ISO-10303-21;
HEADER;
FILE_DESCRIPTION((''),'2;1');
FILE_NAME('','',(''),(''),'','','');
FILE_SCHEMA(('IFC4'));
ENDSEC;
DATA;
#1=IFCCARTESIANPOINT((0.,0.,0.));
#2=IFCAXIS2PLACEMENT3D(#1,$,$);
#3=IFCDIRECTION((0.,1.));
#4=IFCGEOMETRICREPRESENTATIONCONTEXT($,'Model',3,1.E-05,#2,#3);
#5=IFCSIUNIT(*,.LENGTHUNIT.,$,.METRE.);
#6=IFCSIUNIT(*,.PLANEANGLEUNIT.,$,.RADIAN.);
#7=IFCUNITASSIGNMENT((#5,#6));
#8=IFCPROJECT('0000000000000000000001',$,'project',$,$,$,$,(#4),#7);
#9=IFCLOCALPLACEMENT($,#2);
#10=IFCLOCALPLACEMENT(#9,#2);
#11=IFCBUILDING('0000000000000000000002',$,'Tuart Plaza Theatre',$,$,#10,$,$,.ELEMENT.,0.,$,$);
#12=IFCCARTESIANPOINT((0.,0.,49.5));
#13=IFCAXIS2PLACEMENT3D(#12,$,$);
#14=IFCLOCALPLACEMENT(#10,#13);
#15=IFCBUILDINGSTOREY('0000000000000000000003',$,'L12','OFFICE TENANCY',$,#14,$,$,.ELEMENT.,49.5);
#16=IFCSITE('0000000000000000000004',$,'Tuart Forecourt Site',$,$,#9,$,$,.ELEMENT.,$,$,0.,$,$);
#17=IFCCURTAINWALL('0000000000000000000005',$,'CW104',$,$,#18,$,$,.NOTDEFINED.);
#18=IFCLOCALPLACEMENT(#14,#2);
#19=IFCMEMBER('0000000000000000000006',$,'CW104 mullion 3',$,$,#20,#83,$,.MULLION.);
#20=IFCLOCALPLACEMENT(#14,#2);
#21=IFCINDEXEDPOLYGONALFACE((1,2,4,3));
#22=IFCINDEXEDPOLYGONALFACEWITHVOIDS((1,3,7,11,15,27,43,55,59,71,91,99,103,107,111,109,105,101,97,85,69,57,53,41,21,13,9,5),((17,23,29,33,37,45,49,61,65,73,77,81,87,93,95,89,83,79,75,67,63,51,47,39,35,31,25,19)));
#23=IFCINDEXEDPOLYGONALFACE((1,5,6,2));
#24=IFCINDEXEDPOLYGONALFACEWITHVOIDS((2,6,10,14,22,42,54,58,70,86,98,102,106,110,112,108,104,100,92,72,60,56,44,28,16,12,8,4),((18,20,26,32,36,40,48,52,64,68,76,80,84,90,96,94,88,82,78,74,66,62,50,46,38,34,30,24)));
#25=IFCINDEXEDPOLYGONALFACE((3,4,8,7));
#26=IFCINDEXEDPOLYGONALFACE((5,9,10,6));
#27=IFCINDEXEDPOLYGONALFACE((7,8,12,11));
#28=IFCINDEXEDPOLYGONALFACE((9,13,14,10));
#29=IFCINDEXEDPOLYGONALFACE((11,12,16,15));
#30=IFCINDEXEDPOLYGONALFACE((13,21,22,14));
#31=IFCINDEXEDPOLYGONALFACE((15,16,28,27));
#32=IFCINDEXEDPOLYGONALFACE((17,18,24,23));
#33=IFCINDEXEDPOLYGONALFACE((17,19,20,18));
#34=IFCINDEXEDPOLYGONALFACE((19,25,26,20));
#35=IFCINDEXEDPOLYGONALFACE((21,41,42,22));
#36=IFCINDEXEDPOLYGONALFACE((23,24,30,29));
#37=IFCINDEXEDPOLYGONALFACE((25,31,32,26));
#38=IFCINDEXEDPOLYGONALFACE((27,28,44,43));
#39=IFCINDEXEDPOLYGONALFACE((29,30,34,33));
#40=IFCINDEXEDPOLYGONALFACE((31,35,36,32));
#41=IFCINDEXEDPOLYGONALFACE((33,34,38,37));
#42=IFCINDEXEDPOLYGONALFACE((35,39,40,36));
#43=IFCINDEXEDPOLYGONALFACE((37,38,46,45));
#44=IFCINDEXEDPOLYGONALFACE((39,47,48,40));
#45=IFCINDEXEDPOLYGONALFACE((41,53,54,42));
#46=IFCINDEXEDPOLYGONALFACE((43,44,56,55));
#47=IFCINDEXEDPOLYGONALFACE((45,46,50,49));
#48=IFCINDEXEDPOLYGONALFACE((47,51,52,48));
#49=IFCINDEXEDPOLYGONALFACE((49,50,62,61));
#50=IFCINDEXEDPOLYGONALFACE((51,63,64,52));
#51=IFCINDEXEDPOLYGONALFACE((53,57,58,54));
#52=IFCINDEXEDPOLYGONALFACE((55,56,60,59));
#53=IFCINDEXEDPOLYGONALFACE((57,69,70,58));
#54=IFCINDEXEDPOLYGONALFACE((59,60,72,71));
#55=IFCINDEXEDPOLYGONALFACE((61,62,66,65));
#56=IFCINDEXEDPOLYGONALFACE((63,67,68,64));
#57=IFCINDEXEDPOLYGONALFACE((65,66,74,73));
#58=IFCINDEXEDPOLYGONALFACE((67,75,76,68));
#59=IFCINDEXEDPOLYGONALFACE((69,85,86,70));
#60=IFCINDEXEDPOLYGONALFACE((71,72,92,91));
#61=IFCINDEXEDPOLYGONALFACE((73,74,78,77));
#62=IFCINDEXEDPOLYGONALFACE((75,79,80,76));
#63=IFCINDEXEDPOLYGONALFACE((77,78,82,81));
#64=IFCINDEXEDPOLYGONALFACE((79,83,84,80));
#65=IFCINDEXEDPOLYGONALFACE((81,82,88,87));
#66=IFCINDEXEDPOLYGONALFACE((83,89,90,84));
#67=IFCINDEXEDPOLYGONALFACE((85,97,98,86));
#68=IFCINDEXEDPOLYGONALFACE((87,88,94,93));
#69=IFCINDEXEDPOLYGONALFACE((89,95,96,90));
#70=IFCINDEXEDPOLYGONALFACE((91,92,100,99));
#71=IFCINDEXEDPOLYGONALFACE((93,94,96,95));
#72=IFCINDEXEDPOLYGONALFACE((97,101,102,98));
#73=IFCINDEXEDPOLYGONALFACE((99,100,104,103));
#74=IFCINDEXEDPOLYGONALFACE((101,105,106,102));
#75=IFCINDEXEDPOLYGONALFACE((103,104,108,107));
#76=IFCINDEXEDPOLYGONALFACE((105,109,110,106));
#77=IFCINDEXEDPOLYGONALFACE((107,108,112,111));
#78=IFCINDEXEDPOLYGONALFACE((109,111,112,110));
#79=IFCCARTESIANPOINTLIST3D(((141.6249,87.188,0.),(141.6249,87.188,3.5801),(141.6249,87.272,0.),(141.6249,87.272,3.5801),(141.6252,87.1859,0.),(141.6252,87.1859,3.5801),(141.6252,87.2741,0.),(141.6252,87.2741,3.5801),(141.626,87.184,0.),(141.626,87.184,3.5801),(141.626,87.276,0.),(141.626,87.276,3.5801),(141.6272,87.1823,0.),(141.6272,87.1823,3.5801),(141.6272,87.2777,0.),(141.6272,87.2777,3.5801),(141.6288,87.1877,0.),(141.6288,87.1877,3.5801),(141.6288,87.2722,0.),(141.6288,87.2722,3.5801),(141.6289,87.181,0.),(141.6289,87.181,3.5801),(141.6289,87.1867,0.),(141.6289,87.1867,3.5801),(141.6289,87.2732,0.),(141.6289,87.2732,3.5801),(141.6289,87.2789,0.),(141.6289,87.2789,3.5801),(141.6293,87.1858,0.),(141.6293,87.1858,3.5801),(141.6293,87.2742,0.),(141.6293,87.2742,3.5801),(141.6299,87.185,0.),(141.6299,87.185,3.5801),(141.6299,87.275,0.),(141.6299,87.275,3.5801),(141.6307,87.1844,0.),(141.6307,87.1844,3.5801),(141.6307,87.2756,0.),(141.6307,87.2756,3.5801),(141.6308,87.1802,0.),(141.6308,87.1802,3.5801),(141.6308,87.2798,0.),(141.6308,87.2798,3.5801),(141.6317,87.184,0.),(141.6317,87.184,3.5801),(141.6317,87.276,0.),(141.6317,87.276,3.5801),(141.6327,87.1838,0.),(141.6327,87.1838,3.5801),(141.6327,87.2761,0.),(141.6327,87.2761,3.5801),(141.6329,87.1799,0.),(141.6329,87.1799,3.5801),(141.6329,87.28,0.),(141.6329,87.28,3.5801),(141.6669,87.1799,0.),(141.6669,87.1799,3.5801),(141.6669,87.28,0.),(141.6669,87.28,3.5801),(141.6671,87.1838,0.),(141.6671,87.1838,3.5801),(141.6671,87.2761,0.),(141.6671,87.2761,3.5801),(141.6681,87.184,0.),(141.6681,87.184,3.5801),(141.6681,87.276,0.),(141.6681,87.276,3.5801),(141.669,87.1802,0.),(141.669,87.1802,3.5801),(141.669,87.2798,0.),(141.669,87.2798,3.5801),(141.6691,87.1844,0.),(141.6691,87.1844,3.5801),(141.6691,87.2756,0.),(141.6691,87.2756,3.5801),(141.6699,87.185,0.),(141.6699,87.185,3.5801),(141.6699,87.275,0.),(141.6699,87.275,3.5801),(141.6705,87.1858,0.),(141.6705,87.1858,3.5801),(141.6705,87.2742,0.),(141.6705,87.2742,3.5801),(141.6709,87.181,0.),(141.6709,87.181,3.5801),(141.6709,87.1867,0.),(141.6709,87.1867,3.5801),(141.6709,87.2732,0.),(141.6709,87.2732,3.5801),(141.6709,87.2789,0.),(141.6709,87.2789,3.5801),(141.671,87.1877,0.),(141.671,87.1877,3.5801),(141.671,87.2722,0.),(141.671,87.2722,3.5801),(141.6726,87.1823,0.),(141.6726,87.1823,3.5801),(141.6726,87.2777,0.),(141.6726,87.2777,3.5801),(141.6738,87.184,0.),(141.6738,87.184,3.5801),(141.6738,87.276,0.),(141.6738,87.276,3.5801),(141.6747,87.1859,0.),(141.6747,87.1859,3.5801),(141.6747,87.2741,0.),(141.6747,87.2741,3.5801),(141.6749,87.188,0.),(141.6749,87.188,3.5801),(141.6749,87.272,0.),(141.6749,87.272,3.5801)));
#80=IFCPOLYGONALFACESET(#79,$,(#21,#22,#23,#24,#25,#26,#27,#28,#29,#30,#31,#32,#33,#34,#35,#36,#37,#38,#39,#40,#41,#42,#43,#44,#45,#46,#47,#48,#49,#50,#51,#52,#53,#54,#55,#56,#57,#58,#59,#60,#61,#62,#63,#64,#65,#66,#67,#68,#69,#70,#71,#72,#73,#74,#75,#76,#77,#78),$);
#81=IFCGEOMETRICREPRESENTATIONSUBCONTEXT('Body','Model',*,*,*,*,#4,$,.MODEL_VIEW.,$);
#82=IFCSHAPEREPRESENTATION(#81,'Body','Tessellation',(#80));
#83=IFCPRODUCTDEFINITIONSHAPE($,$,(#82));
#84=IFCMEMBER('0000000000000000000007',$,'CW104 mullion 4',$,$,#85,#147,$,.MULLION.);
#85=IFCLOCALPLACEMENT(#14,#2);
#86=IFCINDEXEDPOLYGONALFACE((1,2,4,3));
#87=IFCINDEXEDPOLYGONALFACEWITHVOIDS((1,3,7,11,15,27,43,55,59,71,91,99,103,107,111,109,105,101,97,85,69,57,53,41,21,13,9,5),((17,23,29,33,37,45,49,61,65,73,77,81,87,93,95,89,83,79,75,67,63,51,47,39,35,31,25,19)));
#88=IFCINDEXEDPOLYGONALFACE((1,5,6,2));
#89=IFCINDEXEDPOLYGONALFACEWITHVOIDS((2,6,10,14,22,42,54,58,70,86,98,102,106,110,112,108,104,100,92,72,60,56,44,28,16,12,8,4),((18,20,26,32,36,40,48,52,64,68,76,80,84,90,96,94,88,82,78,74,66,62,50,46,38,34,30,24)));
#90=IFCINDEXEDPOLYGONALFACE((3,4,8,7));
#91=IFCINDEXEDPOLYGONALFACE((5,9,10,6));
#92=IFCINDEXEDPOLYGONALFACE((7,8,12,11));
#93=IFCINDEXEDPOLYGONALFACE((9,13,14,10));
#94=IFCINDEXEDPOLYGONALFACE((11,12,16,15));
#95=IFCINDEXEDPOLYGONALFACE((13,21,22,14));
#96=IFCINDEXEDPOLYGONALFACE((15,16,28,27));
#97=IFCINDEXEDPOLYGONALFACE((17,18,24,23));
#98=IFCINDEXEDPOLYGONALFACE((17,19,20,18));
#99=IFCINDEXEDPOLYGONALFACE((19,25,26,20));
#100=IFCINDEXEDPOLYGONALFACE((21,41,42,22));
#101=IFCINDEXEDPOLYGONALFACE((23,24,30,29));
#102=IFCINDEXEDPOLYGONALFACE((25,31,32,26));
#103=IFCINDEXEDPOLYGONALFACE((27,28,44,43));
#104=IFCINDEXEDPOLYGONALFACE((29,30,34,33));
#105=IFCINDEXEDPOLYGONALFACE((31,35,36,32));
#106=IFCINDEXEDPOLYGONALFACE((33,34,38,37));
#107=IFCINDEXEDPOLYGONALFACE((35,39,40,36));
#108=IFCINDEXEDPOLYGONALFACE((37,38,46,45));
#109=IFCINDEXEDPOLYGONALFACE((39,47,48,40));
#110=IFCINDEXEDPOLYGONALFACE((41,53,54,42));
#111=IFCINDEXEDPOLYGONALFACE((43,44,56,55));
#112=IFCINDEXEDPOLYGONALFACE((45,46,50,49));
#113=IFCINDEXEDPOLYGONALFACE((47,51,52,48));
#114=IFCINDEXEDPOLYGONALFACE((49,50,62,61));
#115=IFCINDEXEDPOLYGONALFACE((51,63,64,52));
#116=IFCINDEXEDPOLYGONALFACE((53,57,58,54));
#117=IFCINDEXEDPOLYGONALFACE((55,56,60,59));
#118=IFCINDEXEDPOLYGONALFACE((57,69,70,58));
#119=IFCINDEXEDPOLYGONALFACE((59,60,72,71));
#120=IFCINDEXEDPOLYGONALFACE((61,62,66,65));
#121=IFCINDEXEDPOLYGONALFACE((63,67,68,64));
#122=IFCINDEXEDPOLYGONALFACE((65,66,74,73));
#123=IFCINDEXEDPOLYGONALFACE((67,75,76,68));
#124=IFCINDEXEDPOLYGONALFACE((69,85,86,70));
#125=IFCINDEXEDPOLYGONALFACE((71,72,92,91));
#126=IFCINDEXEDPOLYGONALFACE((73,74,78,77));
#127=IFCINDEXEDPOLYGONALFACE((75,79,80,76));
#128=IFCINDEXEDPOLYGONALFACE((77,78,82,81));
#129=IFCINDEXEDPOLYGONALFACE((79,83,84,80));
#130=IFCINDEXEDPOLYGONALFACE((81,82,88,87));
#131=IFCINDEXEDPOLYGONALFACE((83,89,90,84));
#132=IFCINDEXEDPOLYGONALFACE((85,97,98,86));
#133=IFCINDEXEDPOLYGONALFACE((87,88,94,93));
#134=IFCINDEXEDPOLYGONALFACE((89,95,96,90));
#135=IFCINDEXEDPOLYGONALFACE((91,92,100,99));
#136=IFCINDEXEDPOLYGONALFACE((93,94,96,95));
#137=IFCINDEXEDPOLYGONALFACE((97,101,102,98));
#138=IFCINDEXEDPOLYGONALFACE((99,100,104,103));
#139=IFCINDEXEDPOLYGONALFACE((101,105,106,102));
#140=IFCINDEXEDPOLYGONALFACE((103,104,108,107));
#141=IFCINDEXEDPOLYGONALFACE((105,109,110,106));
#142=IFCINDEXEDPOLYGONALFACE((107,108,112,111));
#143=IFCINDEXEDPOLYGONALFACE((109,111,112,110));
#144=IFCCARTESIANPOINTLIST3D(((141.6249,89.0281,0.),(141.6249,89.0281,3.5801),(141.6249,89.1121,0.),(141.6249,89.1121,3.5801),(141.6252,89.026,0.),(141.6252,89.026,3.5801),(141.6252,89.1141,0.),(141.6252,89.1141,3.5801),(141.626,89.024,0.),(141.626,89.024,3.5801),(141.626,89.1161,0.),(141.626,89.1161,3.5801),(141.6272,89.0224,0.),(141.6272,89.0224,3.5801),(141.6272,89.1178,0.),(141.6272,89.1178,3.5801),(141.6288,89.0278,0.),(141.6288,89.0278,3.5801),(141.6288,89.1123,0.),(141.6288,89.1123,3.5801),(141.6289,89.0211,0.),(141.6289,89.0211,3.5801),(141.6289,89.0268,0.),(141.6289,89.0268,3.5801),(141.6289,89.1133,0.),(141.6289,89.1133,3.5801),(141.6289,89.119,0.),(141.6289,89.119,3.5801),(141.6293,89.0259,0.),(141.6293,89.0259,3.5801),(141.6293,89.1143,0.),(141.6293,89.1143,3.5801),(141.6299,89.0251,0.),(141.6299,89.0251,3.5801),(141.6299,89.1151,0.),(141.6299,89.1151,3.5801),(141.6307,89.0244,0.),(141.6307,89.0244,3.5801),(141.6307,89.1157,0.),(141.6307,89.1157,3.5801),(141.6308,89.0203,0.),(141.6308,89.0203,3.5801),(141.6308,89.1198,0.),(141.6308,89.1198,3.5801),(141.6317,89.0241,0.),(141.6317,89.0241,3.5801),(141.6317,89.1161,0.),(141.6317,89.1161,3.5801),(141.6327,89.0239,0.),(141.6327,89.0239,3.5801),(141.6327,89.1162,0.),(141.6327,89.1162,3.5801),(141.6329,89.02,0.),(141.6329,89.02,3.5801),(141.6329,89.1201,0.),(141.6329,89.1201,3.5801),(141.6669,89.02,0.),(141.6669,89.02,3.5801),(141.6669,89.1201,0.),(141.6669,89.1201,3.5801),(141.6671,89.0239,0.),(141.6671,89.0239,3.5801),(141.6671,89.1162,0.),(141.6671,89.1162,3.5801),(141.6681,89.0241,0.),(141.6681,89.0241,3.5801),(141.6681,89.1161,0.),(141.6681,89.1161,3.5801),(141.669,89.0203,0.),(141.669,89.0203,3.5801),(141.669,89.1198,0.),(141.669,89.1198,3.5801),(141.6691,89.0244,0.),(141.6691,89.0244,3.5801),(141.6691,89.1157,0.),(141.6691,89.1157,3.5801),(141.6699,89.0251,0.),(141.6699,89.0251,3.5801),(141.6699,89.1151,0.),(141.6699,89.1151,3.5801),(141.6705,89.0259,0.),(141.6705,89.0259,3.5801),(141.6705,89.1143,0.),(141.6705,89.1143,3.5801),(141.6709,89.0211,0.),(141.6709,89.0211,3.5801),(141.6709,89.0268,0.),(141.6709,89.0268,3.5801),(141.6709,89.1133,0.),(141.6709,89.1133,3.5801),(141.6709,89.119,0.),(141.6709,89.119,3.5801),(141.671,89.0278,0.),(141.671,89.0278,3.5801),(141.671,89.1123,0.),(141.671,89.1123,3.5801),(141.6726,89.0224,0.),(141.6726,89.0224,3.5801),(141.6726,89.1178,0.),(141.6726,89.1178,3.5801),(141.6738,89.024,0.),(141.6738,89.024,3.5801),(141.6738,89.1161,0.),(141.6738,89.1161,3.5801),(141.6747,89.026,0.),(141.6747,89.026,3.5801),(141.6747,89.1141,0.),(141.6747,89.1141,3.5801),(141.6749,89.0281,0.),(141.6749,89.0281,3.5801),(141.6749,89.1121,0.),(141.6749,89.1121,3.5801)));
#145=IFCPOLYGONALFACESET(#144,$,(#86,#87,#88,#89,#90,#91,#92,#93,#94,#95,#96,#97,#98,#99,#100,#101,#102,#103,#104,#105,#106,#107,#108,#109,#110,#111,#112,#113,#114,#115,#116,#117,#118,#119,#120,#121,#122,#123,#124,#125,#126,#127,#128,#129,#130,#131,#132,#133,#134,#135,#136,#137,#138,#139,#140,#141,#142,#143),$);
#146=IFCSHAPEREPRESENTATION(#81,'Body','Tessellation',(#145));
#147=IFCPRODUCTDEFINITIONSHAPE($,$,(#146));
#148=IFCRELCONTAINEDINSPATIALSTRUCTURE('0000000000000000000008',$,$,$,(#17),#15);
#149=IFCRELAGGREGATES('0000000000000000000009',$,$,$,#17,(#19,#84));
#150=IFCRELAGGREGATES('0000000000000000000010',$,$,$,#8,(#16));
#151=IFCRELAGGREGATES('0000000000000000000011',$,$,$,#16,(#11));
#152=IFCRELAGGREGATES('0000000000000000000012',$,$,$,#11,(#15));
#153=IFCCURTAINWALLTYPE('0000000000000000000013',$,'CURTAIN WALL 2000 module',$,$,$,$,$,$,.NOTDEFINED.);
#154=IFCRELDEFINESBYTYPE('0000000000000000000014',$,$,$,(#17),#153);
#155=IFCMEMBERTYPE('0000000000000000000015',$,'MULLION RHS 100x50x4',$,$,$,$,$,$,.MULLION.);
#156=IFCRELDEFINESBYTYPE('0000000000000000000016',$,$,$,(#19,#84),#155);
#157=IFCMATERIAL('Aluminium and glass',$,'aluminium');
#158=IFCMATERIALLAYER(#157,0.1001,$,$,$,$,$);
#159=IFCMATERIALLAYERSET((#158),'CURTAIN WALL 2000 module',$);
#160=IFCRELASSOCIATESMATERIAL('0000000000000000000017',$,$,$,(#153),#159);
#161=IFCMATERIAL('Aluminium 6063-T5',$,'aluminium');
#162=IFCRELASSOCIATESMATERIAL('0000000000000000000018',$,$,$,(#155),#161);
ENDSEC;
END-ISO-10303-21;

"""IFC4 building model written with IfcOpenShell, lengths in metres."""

from ifc_helpers import new_model, si_unit, direction, frame, origin, origin_2d, place, context, subcontext, project, spatial, hollow_rectangle, extrude, material, layer, layer_set, material_profile, profile_set, type_object, element, aggregate, save


model = new_model("IFC4")

# Units and contexts
model_context = context("Model", 3, precision=1e-05, world=origin(), true_north=direction((0.0, 1.0)))
body_context = subcontext(model_context, "Body", "Model", "MODEL_VIEW")
ifc_project = project(units=[si_unit("LENGTHUNIT", "METRE"), si_unit("PLANEANGLEUNIT", "RADIAN")], contexts=[model_context])

# Site, building, storey
site_placement = place(None, origin())
site = spatial("IfcSite", under=ifc_project, at=site_placement, Name="Tuart Forecourt Site", CompositionType="ELEMENT", RefElevation=0.0)
building_placement = place(site_placement, origin())
building = spatial("IfcBuilding", under=site, at=building_placement, Name="Tuart Plaza Theatre", CompositionType="ELEMENT", ElevationOfRefHeight=0.0)
storey_placement = place(building_placement, frame((0.0, 0.0, 49.5)))
storey = spatial("IfcBuildingStorey", under=building, at=storey_placement, Name="L12", Description="OFFICE TENANCY", CompositionType="ELEMENT", Elevation=49.5)

# Curtain wall, members
ifc_material_1 = material(Name="Aluminium and glass", Category="aluminium")
ifc_layer_1 = layer(ifc_material_1, 0.1001)
ifc_layer_set_1 = layer_set([ifc_layer_1], Name="CURTAIN WALL 2000 module")
curtain_wall_type = type_object("IfcCurtainWallType", Name="CURTAIN WALL 2000 module", PredefinedType="NOTDEFINED", material=ifc_layer_set_1)
curtain_wall_placement = place(storey_placement, origin())
curtain_wall = element("IfcCurtainWall", 1, at=curtain_wall_placement, inside=storey, type_object=curtain_wall_type, Name="CW104", PredefinedType="NOTDEFINED")
ifc_material_2 = material(Name="Aluminium 6063-T5", Category="aluminium")
ifc_material_profile_1 = material_profile(ifc_material_2, hollow_rectangle(XDim=0.05, YDim=0.1001, WallThickness=0.0039, InnerFilletRadius=0.0039, OuterFilletRadius=0.0081, at=origin_2d()), Name="RHS 100x50x4")
ifc_profile_set_1 = profile_set([ifc_material_profile_1], Name="Aluminium 6063-T5")
member_type_1 = type_object("IfcMemberType", Name="MULLION RHS 100x50x4", PredefinedType="MULLION", material=ifc_profile_set_1)
member_1_placement = place(storey_placement, frame((141.6499, 87.23, 0.0), z_axis=(0.0, 0.0, 1.0), x_axis=(-1.0, 0.0, 0.0)))
member_1 = element("IfcMember", 2, at=member_1_placement, type_object=member_type_1, Name="CW104 mullion 3", PredefinedType="MULLION", context=body_context, shape_type="SweptSolid", body=[
    extrude(hollow_rectangle(XDim=0.05, YDim=0.1001, WallThickness=0.0039, InnerFilletRadius=0.0039, OuterFilletRadius=0.0081, at=origin_2d()), origin(), (0.0, 0.0, 1.0), 3.5801),
])
member_2_placement = place(storey_placement, frame((141.6499, 89.0701, 0.0), z_axis=(0.0, 0.0, 1.0), x_axis=(-1.0, 0.0, 0.0)))
member_2 = element("IfcMember", 3, at=member_2_placement, type_object=member_type_1, Name="CW104 mullion 4", PredefinedType="MULLION", context=body_context, shape_type="SweptSolid", body=[
    extrude(hollow_rectangle(XDim=0.05, YDim=0.1001, WallThickness=0.0039, InnerFilletRadius=0.0039, OuterFilletRadius=0.0081, at=origin_2d()), origin(), (0.0, 0.0, 1.0), 3.5801),
])
aggregate(curtain_wall, [member_1, member_2])

save(model, "model.ifc")
